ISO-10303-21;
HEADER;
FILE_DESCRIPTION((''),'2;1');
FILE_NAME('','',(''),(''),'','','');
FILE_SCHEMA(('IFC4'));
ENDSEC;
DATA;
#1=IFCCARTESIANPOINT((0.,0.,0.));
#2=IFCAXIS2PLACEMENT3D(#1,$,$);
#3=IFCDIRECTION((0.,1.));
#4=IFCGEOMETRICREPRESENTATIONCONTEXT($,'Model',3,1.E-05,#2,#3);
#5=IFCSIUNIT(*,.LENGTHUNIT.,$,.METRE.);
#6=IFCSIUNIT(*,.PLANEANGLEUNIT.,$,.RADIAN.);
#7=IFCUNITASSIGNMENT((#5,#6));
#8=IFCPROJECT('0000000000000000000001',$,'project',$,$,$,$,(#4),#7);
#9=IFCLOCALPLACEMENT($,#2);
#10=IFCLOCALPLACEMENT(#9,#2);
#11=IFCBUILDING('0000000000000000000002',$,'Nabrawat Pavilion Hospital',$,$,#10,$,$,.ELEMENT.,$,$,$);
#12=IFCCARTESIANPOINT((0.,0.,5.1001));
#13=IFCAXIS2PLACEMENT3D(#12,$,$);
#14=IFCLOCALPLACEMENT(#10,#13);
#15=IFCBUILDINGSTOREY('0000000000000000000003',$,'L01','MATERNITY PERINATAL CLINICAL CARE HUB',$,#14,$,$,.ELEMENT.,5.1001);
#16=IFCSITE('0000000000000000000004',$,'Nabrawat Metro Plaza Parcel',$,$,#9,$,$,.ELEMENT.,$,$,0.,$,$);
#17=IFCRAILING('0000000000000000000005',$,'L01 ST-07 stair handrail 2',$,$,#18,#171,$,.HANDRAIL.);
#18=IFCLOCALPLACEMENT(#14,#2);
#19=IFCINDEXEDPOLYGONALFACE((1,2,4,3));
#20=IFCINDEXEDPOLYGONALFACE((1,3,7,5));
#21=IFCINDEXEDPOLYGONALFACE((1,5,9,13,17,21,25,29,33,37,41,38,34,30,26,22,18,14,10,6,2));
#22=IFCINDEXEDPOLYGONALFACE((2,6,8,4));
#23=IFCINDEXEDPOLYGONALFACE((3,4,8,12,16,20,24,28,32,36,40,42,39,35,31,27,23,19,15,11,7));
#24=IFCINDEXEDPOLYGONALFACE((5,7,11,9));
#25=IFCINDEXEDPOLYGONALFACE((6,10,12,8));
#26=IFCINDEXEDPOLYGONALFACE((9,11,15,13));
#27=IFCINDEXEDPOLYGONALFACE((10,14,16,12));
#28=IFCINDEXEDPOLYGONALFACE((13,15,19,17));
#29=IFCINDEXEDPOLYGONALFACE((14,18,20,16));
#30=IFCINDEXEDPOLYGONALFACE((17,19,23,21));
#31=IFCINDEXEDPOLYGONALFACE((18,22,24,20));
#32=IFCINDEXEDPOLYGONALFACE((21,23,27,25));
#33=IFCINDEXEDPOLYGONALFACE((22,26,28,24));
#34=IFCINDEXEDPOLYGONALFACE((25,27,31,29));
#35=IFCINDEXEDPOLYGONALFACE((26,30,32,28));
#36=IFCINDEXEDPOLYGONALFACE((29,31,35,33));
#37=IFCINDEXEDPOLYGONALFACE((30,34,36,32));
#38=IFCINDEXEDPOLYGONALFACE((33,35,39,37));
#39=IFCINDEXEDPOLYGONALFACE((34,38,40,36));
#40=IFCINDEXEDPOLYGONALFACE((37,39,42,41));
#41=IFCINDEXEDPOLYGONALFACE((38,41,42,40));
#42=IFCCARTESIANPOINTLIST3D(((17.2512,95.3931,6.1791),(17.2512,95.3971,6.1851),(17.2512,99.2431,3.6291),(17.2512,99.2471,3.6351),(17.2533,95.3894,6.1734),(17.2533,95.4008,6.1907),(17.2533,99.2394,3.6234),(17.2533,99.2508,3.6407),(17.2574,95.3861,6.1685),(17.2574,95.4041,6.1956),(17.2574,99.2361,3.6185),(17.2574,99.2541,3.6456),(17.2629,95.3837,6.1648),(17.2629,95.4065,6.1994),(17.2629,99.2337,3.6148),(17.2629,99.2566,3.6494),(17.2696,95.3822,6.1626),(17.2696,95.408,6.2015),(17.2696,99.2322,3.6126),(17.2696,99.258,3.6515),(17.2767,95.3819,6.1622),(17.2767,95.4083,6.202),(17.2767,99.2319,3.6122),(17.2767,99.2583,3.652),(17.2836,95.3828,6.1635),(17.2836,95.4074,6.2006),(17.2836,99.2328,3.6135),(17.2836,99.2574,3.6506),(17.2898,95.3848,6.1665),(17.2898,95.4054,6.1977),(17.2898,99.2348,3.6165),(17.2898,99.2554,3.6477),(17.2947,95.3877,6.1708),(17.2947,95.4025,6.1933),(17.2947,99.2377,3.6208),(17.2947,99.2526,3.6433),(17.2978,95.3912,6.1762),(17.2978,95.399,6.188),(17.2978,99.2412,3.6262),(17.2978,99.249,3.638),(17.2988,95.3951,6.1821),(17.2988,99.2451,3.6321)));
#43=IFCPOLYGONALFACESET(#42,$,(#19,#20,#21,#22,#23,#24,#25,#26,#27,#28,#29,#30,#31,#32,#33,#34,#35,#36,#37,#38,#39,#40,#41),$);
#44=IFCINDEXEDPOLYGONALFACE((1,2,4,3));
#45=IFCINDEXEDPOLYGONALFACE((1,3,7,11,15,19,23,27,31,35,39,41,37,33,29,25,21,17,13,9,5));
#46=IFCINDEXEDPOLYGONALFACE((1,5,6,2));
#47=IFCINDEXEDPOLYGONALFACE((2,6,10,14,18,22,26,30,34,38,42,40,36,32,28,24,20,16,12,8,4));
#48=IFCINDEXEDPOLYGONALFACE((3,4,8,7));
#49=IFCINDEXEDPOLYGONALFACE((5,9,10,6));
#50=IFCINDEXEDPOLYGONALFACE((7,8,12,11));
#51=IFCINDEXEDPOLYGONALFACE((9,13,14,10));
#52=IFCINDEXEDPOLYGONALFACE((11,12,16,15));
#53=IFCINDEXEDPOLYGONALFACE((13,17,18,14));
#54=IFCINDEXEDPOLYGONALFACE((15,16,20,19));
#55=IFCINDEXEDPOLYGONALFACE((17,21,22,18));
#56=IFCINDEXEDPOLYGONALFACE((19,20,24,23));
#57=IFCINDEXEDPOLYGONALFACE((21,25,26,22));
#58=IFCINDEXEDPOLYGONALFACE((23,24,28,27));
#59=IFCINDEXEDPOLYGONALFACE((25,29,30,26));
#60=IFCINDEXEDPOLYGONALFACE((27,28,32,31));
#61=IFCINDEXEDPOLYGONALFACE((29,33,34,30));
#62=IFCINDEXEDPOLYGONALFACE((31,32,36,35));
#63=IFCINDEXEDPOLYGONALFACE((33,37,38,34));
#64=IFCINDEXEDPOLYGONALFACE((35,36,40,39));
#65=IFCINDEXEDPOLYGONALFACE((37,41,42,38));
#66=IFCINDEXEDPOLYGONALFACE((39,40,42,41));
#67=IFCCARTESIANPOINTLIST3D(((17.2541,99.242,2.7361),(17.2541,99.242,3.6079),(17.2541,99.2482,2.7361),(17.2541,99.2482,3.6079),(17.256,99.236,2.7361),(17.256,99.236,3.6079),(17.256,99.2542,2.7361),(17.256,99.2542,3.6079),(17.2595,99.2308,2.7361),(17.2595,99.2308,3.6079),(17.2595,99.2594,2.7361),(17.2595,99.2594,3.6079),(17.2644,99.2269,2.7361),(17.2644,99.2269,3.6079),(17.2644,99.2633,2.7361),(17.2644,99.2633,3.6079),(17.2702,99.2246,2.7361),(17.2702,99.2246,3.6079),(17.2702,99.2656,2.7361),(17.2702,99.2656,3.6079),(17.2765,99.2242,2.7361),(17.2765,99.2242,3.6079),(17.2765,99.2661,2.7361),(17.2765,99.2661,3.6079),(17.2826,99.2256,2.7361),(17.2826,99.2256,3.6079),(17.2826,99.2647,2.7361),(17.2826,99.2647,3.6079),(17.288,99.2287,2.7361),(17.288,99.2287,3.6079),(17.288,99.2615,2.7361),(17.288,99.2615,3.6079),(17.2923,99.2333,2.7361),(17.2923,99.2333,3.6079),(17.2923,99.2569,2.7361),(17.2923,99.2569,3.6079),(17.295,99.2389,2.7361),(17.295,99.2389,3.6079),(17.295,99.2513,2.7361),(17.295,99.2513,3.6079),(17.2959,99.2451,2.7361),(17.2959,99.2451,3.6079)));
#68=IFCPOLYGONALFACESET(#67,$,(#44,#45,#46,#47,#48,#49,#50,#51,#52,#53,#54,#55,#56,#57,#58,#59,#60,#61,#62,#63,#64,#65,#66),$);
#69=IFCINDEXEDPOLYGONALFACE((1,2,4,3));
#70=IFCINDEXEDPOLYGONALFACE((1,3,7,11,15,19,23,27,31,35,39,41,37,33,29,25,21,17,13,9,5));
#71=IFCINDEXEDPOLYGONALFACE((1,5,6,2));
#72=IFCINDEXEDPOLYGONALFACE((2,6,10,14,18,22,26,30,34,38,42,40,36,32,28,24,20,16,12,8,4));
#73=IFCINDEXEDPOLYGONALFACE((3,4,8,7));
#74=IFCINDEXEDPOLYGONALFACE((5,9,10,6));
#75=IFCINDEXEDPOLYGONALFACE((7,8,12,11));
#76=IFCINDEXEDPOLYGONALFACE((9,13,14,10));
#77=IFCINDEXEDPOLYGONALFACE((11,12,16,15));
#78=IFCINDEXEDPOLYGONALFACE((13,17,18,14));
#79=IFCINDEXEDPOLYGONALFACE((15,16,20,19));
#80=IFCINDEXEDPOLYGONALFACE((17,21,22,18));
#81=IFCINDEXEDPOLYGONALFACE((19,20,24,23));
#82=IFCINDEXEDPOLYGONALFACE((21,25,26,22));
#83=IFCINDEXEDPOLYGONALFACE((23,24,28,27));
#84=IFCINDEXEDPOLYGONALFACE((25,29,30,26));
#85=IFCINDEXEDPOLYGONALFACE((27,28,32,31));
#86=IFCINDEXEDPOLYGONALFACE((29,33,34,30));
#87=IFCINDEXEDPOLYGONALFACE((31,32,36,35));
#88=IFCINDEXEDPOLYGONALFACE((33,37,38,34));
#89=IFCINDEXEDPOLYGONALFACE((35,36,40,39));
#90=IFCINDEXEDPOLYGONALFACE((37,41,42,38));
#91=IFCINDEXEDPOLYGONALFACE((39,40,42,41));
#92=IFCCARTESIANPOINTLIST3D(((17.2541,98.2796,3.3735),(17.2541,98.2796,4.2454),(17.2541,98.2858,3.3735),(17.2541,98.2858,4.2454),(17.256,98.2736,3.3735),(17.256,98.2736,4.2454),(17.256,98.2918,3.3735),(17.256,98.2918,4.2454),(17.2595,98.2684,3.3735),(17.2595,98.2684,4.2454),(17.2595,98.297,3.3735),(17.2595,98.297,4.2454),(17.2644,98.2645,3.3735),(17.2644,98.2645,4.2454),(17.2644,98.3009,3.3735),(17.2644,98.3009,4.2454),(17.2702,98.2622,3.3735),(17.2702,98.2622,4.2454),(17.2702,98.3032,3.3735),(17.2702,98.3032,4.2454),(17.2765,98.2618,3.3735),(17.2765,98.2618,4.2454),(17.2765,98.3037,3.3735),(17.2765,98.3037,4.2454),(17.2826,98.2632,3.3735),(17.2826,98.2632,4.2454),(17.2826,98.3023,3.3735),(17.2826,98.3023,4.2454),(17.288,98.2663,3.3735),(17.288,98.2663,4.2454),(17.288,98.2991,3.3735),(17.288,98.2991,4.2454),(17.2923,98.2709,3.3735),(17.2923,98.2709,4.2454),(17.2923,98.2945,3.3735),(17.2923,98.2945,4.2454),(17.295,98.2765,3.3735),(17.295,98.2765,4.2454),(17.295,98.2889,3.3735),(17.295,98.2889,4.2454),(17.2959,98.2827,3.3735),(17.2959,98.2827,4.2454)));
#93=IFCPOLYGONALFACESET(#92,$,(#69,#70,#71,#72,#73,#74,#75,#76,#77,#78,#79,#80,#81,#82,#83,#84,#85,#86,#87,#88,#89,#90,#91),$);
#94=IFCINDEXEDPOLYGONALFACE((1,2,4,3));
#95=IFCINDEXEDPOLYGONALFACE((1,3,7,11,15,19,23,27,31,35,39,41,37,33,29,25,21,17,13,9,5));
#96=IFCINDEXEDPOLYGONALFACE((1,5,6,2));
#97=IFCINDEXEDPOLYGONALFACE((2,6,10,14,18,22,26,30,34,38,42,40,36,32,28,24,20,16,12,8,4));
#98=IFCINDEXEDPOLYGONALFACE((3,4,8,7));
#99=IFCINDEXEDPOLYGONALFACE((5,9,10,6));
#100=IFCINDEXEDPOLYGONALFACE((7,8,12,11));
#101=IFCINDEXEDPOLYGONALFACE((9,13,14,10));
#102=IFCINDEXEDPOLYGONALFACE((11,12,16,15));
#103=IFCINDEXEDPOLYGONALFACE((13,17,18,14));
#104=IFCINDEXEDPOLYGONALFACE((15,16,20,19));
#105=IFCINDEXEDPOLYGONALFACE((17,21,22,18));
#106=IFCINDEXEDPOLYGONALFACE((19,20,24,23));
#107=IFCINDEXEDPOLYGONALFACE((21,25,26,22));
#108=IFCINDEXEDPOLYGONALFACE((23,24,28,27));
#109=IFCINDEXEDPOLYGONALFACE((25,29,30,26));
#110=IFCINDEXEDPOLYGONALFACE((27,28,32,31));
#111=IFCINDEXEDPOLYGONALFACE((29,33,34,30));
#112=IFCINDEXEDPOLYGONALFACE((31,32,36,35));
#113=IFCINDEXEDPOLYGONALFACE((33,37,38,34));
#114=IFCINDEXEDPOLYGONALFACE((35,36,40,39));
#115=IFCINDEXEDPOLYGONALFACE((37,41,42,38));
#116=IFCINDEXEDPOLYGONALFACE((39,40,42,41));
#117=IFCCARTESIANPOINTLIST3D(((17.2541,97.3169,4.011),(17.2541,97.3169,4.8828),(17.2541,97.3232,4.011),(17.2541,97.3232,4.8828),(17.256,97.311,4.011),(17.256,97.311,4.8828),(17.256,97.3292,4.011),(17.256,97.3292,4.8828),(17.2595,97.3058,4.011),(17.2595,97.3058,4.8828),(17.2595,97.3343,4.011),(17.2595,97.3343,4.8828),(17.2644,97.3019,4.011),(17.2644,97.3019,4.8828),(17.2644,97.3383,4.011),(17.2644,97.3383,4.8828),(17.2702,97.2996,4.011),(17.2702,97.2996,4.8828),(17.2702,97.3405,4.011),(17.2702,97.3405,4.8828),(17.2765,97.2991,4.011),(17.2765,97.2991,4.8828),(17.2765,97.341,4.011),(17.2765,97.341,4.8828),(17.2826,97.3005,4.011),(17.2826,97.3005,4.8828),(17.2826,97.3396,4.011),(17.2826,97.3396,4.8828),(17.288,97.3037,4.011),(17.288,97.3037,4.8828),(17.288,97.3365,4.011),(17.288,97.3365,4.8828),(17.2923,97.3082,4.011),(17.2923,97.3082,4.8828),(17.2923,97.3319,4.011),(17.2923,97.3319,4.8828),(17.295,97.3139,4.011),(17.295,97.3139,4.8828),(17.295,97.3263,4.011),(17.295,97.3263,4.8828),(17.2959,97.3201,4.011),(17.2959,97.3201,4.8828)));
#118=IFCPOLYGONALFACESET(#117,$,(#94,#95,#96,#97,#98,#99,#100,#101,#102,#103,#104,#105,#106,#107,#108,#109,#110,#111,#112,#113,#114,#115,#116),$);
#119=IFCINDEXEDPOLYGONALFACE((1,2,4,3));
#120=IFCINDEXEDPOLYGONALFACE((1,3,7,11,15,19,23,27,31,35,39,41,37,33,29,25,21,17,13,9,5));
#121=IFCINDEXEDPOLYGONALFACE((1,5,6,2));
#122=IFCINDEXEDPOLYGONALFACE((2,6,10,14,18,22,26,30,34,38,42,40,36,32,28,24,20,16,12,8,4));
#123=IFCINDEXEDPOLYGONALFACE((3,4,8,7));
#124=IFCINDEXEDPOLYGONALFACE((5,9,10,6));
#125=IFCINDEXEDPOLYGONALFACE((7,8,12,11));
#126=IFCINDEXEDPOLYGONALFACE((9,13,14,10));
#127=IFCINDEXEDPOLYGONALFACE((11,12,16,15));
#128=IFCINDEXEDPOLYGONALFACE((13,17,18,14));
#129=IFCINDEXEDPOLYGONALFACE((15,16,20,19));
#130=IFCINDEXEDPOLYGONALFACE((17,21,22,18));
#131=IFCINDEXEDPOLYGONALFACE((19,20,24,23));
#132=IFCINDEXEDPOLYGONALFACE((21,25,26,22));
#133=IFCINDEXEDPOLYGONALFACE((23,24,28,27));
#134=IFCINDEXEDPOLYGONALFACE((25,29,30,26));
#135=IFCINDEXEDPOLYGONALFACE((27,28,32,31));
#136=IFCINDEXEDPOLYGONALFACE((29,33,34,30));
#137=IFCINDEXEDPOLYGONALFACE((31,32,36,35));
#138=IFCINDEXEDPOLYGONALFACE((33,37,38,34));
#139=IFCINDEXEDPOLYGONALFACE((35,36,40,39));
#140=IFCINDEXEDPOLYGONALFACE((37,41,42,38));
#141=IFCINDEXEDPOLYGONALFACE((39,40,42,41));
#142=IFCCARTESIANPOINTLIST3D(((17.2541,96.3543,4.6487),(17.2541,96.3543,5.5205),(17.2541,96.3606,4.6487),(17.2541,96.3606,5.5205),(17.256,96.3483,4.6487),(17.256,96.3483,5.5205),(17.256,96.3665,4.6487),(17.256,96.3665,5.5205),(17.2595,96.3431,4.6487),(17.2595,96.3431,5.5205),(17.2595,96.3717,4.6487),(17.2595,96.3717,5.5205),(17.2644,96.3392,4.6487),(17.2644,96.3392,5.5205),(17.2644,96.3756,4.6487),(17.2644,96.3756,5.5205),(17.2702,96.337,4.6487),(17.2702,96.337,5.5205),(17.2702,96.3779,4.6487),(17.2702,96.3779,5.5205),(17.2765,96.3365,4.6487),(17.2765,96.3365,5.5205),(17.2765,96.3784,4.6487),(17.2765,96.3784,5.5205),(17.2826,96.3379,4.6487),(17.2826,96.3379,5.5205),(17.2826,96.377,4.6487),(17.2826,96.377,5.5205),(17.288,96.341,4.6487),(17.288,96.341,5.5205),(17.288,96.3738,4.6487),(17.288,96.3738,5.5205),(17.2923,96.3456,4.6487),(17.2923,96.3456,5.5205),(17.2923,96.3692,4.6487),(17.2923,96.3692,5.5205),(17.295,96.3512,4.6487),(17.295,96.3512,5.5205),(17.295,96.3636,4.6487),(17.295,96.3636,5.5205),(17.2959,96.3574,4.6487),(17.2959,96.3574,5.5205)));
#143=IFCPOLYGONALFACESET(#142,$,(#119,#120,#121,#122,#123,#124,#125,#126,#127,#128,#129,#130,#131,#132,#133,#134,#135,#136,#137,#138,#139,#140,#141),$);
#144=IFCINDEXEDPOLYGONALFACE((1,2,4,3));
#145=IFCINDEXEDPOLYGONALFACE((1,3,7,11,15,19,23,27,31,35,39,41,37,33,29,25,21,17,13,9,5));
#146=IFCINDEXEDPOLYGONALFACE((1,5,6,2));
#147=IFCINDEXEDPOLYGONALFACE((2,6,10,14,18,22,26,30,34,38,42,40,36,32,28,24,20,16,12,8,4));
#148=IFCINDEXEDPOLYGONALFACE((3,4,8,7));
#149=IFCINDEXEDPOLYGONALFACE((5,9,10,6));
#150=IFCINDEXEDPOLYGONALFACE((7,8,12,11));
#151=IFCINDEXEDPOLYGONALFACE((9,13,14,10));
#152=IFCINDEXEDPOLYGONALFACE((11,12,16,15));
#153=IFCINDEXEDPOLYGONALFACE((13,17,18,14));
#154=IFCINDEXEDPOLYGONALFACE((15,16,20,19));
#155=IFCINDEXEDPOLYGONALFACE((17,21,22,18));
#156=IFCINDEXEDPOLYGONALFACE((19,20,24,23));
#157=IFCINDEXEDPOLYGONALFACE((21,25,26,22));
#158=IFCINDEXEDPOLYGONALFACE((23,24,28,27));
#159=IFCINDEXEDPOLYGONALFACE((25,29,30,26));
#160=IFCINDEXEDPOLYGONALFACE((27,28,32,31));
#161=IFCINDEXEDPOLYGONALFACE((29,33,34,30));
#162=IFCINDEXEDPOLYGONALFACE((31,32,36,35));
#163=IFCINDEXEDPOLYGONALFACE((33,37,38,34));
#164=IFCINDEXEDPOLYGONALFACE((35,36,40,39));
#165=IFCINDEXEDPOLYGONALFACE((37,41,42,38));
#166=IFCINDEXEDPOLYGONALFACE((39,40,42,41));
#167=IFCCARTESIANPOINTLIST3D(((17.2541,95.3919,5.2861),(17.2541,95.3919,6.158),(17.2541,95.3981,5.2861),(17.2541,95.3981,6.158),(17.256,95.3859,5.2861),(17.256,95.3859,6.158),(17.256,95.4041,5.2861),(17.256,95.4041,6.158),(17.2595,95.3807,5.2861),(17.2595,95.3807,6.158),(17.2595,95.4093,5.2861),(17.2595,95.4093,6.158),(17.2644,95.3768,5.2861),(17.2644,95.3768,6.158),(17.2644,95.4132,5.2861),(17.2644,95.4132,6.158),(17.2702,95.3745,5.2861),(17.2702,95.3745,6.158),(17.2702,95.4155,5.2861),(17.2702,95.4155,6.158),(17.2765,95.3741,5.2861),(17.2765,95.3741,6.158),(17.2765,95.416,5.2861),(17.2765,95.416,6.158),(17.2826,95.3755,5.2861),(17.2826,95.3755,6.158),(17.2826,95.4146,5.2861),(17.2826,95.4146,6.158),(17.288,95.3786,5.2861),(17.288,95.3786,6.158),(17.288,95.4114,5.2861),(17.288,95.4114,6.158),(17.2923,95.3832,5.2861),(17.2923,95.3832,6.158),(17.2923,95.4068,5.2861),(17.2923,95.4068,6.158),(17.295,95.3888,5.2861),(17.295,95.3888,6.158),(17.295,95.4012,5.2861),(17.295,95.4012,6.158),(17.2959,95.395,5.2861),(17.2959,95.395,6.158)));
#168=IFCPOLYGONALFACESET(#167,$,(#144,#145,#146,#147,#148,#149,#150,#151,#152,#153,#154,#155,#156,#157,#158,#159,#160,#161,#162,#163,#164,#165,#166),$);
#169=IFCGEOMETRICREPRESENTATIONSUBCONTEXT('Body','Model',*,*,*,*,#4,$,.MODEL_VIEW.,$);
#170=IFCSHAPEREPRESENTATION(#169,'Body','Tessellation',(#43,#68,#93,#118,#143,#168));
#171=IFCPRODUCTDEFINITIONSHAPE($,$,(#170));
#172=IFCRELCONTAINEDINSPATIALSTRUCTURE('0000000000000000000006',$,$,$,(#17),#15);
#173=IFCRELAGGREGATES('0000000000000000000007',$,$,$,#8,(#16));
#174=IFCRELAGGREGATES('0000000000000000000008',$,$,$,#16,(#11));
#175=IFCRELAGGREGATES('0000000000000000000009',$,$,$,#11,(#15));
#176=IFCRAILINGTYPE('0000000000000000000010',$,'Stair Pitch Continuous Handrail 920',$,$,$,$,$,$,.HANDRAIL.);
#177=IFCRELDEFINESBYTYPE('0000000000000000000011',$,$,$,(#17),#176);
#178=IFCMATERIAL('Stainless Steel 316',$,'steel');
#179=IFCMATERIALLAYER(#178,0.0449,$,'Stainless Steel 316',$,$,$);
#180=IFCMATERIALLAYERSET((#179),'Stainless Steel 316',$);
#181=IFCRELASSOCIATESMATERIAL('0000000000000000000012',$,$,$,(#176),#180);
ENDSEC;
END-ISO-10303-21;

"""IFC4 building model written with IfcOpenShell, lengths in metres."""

from ifc_helpers import new_model, si_unit, direction, frame, origin, origin_2d, place, context, subcontext, project, spatial, circle, extrude, material, layer, layer_set, type_object, element, save


model = new_model("IFC4")

# Units and contexts
model_context = context("Model", 3, precision=1e-05, world=origin(), true_north=direction((0.0, 1.0)))
body_context = subcontext(model_context, "Body", "Model", "MODEL_VIEW")
ifc_project = project(units=[si_unit("LENGTHUNIT", "METRE"), si_unit("PLANEANGLEUNIT", "RADIAN")], contexts=[model_context])

# Site, building, storey
site_placement = place(None, origin())
site = spatial("IfcSite", under=ifc_project, at=site_placement, Name="Nabrawat Metro Plaza Parcel", CompositionType="ELEMENT", RefElevation=0.0)
building_placement = place(site_placement, origin())
building = spatial("IfcBuilding", under=site, at=building_placement, Name="Nabrawat Pavilion Hospital", CompositionType="ELEMENT")
storey_placement = place(building_placement, frame((0.0, 0.0, 5.1001)))
storey = spatial("IfcBuildingStorey", under=building, at=storey_placement, Name="L01", Description="MATERNITY PERINATAL CLINICAL CARE HUB", CompositionType="ELEMENT", Elevation=5.1001)

# Railing
ifc_material_1 = material(Name="Stainless Steel 316", Category="steel")
ifc_layer_1 = layer(ifc_material_1, 0.0449, Name="Stainless Steel 316")
ifc_layer_set_1 = layer_set([ifc_layer_1], Name="Stainless Steel 316")
railing_type_1 = type_object("IfcRailingType", Name="Stair Pitch Continuous Handrail 920", PredefinedType="HANDRAIL", material=ifc_layer_set_1)
railing_1_placement = place(storey_placement, frame((17.2749, 99.2451, 2.7361)))
element("IfcRailing", 1, at=railing_1_placement, inside=storey, type_object=railing_type_1, Name="L01 ST-07 stair handrail 2", PredefinedType="HANDRAIL", context=body_context, shape_type="SweptSolid", body=[
    extrude(circle(Radius=0.0239, at=origin_2d()), frame((0.0, 0.0, 0.896), z_axis=(0.0, -0.833714, 0.552197), x_axis=(1.0, 0.0, 0.0)), (0.0, 0.0, 1.0), 4.6179),
    extrude(circle(Radius=0.021, at=origin_2d()), origin(), (0.0, 0.0, 1.0), 0.8718),
    extrude(circle(Radius=0.021, at=origin_2d()), frame((0.0, -0.9624, 0.6375)), (0.0, 0.0, 1.0), 0.8718),
    extrude(circle(Radius=0.021, at=origin_2d()), frame((0.0, -1.925, 1.2749)), (0.0, 0.0, 1.0), 0.8718),
    extrude(circle(Radius=0.021, at=origin_2d()), frame((0.0, -2.8877, 1.9126)), (0.0, 0.0, 1.0), 0.8718),
    extrude(circle(Radius=0.021, at=origin_2d()), frame((0.0, -3.8501, 2.55)), (0.0, 0.0, 1.0), 0.8718),
])

save(model, "model.ifc")
